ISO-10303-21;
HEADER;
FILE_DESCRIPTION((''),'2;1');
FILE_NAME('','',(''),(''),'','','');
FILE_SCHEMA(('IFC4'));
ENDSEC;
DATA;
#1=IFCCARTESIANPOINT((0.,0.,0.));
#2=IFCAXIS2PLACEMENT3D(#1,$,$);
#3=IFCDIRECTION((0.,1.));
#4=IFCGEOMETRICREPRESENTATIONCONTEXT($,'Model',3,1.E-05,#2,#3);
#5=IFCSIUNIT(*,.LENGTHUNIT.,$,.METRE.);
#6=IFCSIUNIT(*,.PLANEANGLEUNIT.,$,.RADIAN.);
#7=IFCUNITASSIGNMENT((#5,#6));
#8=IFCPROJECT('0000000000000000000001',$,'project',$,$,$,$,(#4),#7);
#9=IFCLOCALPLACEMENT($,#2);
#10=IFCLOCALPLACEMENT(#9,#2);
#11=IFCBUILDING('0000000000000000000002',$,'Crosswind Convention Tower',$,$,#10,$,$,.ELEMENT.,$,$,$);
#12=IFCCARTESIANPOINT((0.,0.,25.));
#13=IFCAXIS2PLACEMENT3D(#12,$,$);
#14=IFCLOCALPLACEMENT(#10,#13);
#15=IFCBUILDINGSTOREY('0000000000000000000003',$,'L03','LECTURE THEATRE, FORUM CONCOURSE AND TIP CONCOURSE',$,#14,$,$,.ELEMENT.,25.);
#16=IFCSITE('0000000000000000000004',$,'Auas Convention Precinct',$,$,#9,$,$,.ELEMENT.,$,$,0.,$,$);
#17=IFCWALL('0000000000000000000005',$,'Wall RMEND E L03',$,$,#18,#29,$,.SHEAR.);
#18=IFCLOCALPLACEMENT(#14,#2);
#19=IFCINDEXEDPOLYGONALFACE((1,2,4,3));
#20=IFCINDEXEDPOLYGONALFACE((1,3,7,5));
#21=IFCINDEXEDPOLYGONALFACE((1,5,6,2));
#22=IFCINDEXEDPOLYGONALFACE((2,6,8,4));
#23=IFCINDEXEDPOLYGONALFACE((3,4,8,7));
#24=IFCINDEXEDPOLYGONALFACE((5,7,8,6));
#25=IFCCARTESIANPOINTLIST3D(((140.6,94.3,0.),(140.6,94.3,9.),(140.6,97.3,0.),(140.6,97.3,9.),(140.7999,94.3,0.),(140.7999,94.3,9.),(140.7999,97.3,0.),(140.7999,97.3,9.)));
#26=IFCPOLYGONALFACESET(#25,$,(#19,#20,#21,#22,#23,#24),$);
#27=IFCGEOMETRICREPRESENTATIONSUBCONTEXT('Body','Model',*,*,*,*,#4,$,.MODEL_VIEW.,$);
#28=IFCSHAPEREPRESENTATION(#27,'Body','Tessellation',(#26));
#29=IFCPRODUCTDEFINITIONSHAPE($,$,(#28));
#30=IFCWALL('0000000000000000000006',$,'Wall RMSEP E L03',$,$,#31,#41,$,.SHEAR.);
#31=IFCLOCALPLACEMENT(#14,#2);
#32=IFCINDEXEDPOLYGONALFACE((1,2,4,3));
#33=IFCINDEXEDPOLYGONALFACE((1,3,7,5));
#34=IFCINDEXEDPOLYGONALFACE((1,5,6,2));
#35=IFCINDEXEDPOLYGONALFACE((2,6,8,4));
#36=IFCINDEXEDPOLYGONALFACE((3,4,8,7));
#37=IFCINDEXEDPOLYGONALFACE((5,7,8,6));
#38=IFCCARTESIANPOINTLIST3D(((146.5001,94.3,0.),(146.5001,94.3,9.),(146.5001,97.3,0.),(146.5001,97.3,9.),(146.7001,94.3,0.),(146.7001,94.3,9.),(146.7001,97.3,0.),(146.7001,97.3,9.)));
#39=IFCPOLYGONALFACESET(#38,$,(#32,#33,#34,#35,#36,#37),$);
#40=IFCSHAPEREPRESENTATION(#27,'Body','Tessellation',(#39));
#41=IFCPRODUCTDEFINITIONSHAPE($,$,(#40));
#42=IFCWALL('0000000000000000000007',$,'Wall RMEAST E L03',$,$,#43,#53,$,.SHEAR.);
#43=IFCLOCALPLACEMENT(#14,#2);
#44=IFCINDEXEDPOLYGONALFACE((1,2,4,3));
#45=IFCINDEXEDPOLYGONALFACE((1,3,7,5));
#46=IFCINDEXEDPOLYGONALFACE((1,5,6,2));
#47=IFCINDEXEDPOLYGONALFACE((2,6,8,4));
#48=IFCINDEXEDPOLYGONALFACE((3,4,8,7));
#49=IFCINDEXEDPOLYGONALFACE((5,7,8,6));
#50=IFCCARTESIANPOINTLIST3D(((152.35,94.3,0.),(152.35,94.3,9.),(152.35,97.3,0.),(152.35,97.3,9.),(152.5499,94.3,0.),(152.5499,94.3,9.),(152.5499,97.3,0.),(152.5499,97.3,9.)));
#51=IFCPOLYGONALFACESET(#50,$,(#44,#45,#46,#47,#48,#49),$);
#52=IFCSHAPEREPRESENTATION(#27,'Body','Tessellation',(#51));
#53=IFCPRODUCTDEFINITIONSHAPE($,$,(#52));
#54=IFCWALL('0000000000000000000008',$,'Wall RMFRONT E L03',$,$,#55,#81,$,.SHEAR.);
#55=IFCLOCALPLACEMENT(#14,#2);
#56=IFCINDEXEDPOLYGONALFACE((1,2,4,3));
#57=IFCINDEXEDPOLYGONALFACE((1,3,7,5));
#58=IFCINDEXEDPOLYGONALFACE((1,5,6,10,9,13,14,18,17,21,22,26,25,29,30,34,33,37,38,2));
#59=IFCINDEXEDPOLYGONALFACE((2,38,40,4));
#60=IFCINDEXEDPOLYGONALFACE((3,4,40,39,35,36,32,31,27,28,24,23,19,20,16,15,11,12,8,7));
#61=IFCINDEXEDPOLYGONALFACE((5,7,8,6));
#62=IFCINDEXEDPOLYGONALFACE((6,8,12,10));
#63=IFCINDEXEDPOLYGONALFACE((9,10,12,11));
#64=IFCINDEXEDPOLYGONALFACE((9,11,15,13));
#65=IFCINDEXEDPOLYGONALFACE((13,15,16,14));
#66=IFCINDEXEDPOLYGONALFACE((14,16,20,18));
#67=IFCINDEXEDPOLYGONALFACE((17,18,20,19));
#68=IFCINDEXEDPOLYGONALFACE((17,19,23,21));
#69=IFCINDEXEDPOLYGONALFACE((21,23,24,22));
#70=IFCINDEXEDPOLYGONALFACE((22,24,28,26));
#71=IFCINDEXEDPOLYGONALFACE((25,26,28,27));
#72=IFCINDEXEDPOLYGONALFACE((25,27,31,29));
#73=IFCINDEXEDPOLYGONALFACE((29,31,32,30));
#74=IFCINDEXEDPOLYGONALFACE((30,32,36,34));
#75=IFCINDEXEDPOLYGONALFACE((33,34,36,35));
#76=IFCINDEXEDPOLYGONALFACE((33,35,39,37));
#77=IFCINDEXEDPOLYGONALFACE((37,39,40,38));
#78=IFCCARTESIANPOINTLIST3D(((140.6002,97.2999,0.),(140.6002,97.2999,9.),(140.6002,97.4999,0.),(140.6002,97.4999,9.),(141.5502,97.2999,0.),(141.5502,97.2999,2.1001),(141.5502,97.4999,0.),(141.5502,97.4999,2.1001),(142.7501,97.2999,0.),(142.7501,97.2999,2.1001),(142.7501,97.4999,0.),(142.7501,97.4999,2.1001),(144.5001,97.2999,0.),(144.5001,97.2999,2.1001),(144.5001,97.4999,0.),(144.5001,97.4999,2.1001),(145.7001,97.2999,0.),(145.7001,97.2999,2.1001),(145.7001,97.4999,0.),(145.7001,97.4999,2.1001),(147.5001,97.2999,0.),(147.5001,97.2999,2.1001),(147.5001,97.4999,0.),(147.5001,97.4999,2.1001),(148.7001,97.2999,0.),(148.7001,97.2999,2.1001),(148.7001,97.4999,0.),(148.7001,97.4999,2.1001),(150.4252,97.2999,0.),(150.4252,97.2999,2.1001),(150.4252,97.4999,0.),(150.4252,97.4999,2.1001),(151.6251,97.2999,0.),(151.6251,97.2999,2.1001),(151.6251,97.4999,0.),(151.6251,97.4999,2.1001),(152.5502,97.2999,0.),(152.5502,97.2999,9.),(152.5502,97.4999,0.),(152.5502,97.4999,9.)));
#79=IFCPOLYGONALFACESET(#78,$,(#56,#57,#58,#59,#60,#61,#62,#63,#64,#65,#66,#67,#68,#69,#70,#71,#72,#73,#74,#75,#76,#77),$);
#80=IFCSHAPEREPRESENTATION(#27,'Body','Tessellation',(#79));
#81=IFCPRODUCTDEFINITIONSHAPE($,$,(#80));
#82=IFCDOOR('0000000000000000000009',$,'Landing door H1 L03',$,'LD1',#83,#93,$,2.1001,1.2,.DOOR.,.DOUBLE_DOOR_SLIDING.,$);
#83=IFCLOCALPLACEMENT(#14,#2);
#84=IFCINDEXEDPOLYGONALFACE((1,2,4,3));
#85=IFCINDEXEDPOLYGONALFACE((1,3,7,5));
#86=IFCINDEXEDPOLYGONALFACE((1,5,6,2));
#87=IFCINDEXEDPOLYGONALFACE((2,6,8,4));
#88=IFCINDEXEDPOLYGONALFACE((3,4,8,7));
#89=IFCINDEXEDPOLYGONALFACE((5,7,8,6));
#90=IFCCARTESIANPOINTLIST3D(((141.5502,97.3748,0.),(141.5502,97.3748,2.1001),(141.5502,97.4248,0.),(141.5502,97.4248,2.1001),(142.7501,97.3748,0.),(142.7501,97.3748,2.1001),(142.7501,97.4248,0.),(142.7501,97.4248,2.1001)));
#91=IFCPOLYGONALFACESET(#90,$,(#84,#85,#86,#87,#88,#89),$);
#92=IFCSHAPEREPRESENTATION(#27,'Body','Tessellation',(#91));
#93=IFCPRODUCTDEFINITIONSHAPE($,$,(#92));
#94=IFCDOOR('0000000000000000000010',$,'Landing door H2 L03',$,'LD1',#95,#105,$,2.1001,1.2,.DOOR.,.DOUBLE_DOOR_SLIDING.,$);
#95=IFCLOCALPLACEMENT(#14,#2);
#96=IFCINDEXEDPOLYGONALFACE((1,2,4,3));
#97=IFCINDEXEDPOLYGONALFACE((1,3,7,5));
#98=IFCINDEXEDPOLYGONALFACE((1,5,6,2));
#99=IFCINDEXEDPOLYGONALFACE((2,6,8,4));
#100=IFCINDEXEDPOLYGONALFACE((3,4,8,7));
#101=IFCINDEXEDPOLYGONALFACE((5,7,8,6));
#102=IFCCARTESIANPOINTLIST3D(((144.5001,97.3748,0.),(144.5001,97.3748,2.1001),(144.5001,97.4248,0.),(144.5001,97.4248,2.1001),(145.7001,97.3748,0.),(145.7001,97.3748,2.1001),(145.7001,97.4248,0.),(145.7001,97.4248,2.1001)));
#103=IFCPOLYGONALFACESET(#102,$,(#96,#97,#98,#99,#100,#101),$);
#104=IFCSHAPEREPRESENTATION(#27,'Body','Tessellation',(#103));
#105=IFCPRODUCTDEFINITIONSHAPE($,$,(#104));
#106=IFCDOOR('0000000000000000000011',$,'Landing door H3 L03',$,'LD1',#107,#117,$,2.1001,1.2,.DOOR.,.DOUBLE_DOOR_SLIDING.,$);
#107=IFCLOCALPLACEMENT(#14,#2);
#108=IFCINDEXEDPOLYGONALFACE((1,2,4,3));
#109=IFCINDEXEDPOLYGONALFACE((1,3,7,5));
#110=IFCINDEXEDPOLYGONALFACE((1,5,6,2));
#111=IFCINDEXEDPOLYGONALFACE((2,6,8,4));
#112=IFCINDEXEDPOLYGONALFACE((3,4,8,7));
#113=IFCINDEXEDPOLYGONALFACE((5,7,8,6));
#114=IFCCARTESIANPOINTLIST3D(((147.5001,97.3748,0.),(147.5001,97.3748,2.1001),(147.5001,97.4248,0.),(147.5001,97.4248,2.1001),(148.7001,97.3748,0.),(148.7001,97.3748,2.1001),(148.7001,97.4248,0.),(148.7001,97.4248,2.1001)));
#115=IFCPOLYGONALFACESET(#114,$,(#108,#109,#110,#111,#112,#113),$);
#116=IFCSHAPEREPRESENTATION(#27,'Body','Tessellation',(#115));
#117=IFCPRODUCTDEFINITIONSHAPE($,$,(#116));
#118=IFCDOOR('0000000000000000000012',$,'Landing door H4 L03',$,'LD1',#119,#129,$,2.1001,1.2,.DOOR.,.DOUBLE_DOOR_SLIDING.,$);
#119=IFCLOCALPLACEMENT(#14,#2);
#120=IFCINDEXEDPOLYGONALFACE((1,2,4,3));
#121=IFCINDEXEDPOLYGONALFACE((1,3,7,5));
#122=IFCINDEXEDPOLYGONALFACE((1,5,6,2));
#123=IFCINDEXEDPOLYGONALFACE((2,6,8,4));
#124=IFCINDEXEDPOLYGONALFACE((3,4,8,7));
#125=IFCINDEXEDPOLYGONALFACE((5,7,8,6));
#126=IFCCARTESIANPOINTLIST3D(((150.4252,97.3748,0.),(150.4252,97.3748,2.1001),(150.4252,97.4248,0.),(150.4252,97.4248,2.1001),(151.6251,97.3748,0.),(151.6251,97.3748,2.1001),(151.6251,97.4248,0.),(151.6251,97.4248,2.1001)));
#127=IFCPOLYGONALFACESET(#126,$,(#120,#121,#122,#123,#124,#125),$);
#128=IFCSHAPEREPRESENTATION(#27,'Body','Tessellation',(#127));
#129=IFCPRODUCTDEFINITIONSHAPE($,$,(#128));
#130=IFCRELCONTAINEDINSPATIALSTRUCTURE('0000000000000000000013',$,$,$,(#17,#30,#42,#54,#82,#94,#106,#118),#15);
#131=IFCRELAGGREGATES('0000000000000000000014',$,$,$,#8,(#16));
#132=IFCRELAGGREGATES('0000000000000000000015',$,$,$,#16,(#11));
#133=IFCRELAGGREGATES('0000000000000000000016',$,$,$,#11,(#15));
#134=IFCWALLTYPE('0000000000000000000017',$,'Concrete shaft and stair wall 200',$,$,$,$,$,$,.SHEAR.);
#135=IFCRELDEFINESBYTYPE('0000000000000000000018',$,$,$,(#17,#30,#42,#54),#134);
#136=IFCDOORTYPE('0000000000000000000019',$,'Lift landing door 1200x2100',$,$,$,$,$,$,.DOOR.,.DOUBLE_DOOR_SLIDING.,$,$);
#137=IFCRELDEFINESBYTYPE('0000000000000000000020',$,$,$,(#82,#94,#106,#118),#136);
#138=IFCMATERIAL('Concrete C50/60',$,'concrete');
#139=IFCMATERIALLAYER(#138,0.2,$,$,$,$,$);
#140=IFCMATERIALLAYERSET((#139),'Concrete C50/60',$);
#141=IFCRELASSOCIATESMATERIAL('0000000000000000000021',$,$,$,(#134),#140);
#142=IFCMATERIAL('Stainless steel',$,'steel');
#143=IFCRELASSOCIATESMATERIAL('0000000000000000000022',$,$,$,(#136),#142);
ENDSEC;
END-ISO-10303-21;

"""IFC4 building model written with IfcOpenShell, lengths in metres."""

from ifc_helpers import new_model, si_unit, direction, frame, frame_2d, origin, place, context, subcontext, project, spatial, rectangle, extrude, material, layer, layer_set, type_object, element, fill, save


model = new_model("IFC4")

# Units and contexts
model_context = context("Model", 3, precision=1e-05, world=origin(), true_north=direction((0.0, 1.0)))
body_context = subcontext(model_context, "Body", "Model", "MODEL_VIEW")
ifc_project = project(units=[si_unit("LENGTHUNIT", "METRE"), si_unit("PLANEANGLEUNIT", "RADIAN")], contexts=[model_context])

# Site, building, storey
site_placement = place(None, origin())
site = spatial("IfcSite", under=ifc_project, at=site_placement, Name="Auas Convention Precinct", CompositionType="ELEMENT", RefElevation=0.0)
building_placement = place(site_placement, origin())
building = spatial("IfcBuilding", under=site, at=building_placement, Name="Crosswind Convention Tower", CompositionType="ELEMENT")
storey_placement = place(building_placement, frame((0.0, 0.0, 25.0)))
storey = spatial("IfcBuildingStorey", under=building, at=storey_placement, Name="L03", Description="LECTURE THEATRE, FORUM CONCOURSE AND TIP CONCOURSE", CompositionType="ELEMENT", Elevation=25.0)

# Walls
ifc_material_1 = material(Name="Concrete C50/60", Category="concrete")
ifc_layer_1 = layer(ifc_material_1, 0.2)
ifc_layer_set_1 = layer_set([ifc_layer_1], Name="Concrete C50/60")
wall_type_1 = type_object("IfcWallType", Name="Concrete shaft and stair wall 200", PredefinedType="SHEAR", material=ifc_layer_set_1)
for number, where, z_axis, x_axis, name in (
    (1, (140.7, 94.3, 0.0), (0.0, 0.0, 1.0), (0.0, 1.0, 0.0), "Wall RMEND E L03"),
    (2, (146.6001, 94.3, 0.0), (0.0, 0.0, 1.0), (0.0, 1.0, 0.0), "Wall RMSEP E L03"),
    (3, (152.45, 94.3, 0.0), (0.0, 0.0, 1.0), (0.0, 1.0, 0.0), "Wall RMEAST E L03"),
):
    element("IfcWall", number, at=place(storey_placement, frame(where, z_axis=z_axis, x_axis=x_axis)), inside=storey, type_object=wall_type_1, Name=name, PredefinedType="SHEAR", context=body_context, shape_type="SweptSolid", body=[
        extrude(rectangle(XDim=3.0, YDim=0.2, at=frame_2d((1.5, 0.0))), origin(), (0.0, 0.0, 1.0), 9.0),
    ])

# Wall, openings, doors
wall_1_placement = place(storey_placement, frame((140.6001, 97.3999, 0.0), z_axis=(0.0, 0.0, 1.0), x_axis=(1.0, 0.0, 0.0)))
wall_1 = element("IfcWall", 4, at=wall_1_placement, inside=storey, type_object=wall_type_1, Name="Wall RMFRONT E L03", PredefinedType="SHEAR", context=body_context, shape_type="SweptSolid", body=[
    extrude(rectangle(XDim=11.95, YDim=0.2, at=frame_2d((5.9751, 0.0))), origin(), (0.0, 0.0, 1.0), 9.0),
])
opening_1_placement = place(wall_1_placement, frame((0.95, 0.0, 0.0)))
opening_1 = element("IfcOpeningElement", 5, at=opening_1_placement, cuts=wall_1, PredefinedType="OPENING", context=body_context, shape_type="SweptSolid", body=[
    extrude(rectangle(XDim=1.2, YDim=2.1001, at=frame_2d((0.6001, 1.05))), frame((0.0, 0.1099, 0.0), z_axis=(0.0, -1.0, 0.0), x_axis=(1.0, 0.0, 0.0)), (0.0, 0.0, 1.0), 0.22),
])
opening_2_placement = place(wall_1_placement, frame((3.8999, 0.0, 0.0)))
opening_2 = element("IfcOpeningElement", 6, at=opening_2_placement, cuts=wall_1, PredefinedType="OPENING", context=body_context, shape_type="SweptSolid", body=[
    extrude(rectangle(XDim=1.2, YDim=2.1001, at=frame_2d((0.6001, 1.05))), frame((0.0, 0.1099, 0.0), z_axis=(0.0, -1.0, 0.0), x_axis=(1.0, 0.0, 0.0)), (0.0, 0.0, 1.0), 0.22),
])
opening_3_placement = place(wall_1_placement, frame((6.8999, 0.0, 0.0)))
opening_3 = element("IfcOpeningElement", 7, at=opening_3_placement, cuts=wall_1, PredefinedType="OPENING", context=body_context, shape_type="SweptSolid", body=[
    extrude(rectangle(XDim=1.2, YDim=2.1001, at=frame_2d((0.6001, 1.05))), frame((0.0, 0.1099, 0.0), z_axis=(0.0, -1.0, 0.0), x_axis=(1.0, 0.0, 0.0)), (0.0, 0.0, 1.0), 0.22),
])
opening_4_placement = place(wall_1_placement, frame((9.825, 0.0, 0.0)))
opening_4 = element("IfcOpeningElement", 8, at=opening_4_placement, cuts=wall_1, PredefinedType="OPENING", context=body_context, shape_type="SweptSolid", body=[
    extrude(rectangle(XDim=1.2, YDim=2.1001, at=frame_2d((0.6001, 1.05))), frame((0.0, 0.1099, 0.0), z_axis=(0.0, -1.0, 0.0), x_axis=(1.0, 0.0, 0.0)), (0.0, 0.0, 1.0), 0.22),
])
ifc_material_2 = material(Name="Stainless steel", Category="steel")
door_type_1 = type_object("IfcDoorType", Name="Lift landing door 1200x2100", OperationType="DOUBLE_DOOR_SLIDING", PredefinedType="DOOR", material=ifc_material_2)
door_1_placement = place(opening_1_placement, origin())
door_1 = element("IfcDoor", 9, at=door_1_placement, inside=storey, type_object=door_type_1, Name="Landing door H1 L03", ObjectType="LD1", OperationType="DOUBLE_DOOR_SLIDING", OverallHeight=2.1001, OverallWidth=1.2, PredefinedType="DOOR", context=body_context, shape_type="SweptSolid", body=[
    extrude(rectangle(XDim=1.2, YDim=2.1001, at=frame_2d((0.6001, 1.05))), frame((0.0, 0.0249, 0.0), z_axis=(0.0, -1.0, 0.0), x_axis=(1.0, 0.0, 0.0)), (0.0, 0.0, 1.0), 0.05),
])
fill(opening_1, door_1)
door_2_placement = place(opening_2_placement, origin())
door_2 = element("IfcDoor", 10, at=door_2_placement, inside=storey, type_object=door_type_1, Name="Landing door H2 L03", ObjectType="LD1", OperationType="DOUBLE_DOOR_SLIDING", OverallHeight=2.1001, OverallWidth=1.2, PredefinedType="DOOR", context=body_context, shape_type="SweptSolid", body=[
    extrude(rectangle(XDim=1.2, YDim=2.1001, at=frame_2d((0.6001, 1.05))), frame((0.0, 0.0249, 0.0), z_axis=(0.0, -1.0, 0.0), x_axis=(1.0, 0.0, 0.0)), (0.0, 0.0, 1.0), 0.05),
])
fill(opening_2, door_2)
door_3_placement = place(opening_3_placement, origin())
door_3 = element("IfcDoor", 11, at=door_3_placement, inside=storey, type_object=door_type_1, Name="Landing door H3 L03", ObjectType="LD1", OperationType="DOUBLE_DOOR_SLIDING", OverallHeight=2.1001, OverallWidth=1.2, PredefinedType="DOOR", context=body_context, shape_type="SweptSolid", body=[
    extrude(rectangle(XDim=1.2, YDim=2.1001, at=frame_2d((0.6001, 1.05))), frame((0.0, 0.0249, 0.0), z_axis=(0.0, -1.0, 0.0), x_axis=(1.0, 0.0, 0.0)), (0.0, 0.0, 1.0), 0.05),
])
fill(opening_3, door_3)
door_4_placement = place(opening_4_placement, origin())
door_4 = element("IfcDoor", 12, at=door_4_placement, inside=storey, type_object=door_type_1, Name="Landing door H4 L03", ObjectType="LD1", OperationType="DOUBLE_DOOR_SLIDING", OverallHeight=2.1001, OverallWidth=1.2, PredefinedType="DOOR", context=body_context, shape_type="SweptSolid", body=[
    extrude(rectangle(XDim=1.2, YDim=2.1001, at=frame_2d((0.6001, 1.05))), frame((0.0, 0.0249, 0.0), z_axis=(0.0, -1.0, 0.0), x_axis=(1.0, 0.0, 0.0)), (0.0, 0.0, 1.0), 0.05),
])
fill(opening_4, door_4)

save(model, "model.ifc")
